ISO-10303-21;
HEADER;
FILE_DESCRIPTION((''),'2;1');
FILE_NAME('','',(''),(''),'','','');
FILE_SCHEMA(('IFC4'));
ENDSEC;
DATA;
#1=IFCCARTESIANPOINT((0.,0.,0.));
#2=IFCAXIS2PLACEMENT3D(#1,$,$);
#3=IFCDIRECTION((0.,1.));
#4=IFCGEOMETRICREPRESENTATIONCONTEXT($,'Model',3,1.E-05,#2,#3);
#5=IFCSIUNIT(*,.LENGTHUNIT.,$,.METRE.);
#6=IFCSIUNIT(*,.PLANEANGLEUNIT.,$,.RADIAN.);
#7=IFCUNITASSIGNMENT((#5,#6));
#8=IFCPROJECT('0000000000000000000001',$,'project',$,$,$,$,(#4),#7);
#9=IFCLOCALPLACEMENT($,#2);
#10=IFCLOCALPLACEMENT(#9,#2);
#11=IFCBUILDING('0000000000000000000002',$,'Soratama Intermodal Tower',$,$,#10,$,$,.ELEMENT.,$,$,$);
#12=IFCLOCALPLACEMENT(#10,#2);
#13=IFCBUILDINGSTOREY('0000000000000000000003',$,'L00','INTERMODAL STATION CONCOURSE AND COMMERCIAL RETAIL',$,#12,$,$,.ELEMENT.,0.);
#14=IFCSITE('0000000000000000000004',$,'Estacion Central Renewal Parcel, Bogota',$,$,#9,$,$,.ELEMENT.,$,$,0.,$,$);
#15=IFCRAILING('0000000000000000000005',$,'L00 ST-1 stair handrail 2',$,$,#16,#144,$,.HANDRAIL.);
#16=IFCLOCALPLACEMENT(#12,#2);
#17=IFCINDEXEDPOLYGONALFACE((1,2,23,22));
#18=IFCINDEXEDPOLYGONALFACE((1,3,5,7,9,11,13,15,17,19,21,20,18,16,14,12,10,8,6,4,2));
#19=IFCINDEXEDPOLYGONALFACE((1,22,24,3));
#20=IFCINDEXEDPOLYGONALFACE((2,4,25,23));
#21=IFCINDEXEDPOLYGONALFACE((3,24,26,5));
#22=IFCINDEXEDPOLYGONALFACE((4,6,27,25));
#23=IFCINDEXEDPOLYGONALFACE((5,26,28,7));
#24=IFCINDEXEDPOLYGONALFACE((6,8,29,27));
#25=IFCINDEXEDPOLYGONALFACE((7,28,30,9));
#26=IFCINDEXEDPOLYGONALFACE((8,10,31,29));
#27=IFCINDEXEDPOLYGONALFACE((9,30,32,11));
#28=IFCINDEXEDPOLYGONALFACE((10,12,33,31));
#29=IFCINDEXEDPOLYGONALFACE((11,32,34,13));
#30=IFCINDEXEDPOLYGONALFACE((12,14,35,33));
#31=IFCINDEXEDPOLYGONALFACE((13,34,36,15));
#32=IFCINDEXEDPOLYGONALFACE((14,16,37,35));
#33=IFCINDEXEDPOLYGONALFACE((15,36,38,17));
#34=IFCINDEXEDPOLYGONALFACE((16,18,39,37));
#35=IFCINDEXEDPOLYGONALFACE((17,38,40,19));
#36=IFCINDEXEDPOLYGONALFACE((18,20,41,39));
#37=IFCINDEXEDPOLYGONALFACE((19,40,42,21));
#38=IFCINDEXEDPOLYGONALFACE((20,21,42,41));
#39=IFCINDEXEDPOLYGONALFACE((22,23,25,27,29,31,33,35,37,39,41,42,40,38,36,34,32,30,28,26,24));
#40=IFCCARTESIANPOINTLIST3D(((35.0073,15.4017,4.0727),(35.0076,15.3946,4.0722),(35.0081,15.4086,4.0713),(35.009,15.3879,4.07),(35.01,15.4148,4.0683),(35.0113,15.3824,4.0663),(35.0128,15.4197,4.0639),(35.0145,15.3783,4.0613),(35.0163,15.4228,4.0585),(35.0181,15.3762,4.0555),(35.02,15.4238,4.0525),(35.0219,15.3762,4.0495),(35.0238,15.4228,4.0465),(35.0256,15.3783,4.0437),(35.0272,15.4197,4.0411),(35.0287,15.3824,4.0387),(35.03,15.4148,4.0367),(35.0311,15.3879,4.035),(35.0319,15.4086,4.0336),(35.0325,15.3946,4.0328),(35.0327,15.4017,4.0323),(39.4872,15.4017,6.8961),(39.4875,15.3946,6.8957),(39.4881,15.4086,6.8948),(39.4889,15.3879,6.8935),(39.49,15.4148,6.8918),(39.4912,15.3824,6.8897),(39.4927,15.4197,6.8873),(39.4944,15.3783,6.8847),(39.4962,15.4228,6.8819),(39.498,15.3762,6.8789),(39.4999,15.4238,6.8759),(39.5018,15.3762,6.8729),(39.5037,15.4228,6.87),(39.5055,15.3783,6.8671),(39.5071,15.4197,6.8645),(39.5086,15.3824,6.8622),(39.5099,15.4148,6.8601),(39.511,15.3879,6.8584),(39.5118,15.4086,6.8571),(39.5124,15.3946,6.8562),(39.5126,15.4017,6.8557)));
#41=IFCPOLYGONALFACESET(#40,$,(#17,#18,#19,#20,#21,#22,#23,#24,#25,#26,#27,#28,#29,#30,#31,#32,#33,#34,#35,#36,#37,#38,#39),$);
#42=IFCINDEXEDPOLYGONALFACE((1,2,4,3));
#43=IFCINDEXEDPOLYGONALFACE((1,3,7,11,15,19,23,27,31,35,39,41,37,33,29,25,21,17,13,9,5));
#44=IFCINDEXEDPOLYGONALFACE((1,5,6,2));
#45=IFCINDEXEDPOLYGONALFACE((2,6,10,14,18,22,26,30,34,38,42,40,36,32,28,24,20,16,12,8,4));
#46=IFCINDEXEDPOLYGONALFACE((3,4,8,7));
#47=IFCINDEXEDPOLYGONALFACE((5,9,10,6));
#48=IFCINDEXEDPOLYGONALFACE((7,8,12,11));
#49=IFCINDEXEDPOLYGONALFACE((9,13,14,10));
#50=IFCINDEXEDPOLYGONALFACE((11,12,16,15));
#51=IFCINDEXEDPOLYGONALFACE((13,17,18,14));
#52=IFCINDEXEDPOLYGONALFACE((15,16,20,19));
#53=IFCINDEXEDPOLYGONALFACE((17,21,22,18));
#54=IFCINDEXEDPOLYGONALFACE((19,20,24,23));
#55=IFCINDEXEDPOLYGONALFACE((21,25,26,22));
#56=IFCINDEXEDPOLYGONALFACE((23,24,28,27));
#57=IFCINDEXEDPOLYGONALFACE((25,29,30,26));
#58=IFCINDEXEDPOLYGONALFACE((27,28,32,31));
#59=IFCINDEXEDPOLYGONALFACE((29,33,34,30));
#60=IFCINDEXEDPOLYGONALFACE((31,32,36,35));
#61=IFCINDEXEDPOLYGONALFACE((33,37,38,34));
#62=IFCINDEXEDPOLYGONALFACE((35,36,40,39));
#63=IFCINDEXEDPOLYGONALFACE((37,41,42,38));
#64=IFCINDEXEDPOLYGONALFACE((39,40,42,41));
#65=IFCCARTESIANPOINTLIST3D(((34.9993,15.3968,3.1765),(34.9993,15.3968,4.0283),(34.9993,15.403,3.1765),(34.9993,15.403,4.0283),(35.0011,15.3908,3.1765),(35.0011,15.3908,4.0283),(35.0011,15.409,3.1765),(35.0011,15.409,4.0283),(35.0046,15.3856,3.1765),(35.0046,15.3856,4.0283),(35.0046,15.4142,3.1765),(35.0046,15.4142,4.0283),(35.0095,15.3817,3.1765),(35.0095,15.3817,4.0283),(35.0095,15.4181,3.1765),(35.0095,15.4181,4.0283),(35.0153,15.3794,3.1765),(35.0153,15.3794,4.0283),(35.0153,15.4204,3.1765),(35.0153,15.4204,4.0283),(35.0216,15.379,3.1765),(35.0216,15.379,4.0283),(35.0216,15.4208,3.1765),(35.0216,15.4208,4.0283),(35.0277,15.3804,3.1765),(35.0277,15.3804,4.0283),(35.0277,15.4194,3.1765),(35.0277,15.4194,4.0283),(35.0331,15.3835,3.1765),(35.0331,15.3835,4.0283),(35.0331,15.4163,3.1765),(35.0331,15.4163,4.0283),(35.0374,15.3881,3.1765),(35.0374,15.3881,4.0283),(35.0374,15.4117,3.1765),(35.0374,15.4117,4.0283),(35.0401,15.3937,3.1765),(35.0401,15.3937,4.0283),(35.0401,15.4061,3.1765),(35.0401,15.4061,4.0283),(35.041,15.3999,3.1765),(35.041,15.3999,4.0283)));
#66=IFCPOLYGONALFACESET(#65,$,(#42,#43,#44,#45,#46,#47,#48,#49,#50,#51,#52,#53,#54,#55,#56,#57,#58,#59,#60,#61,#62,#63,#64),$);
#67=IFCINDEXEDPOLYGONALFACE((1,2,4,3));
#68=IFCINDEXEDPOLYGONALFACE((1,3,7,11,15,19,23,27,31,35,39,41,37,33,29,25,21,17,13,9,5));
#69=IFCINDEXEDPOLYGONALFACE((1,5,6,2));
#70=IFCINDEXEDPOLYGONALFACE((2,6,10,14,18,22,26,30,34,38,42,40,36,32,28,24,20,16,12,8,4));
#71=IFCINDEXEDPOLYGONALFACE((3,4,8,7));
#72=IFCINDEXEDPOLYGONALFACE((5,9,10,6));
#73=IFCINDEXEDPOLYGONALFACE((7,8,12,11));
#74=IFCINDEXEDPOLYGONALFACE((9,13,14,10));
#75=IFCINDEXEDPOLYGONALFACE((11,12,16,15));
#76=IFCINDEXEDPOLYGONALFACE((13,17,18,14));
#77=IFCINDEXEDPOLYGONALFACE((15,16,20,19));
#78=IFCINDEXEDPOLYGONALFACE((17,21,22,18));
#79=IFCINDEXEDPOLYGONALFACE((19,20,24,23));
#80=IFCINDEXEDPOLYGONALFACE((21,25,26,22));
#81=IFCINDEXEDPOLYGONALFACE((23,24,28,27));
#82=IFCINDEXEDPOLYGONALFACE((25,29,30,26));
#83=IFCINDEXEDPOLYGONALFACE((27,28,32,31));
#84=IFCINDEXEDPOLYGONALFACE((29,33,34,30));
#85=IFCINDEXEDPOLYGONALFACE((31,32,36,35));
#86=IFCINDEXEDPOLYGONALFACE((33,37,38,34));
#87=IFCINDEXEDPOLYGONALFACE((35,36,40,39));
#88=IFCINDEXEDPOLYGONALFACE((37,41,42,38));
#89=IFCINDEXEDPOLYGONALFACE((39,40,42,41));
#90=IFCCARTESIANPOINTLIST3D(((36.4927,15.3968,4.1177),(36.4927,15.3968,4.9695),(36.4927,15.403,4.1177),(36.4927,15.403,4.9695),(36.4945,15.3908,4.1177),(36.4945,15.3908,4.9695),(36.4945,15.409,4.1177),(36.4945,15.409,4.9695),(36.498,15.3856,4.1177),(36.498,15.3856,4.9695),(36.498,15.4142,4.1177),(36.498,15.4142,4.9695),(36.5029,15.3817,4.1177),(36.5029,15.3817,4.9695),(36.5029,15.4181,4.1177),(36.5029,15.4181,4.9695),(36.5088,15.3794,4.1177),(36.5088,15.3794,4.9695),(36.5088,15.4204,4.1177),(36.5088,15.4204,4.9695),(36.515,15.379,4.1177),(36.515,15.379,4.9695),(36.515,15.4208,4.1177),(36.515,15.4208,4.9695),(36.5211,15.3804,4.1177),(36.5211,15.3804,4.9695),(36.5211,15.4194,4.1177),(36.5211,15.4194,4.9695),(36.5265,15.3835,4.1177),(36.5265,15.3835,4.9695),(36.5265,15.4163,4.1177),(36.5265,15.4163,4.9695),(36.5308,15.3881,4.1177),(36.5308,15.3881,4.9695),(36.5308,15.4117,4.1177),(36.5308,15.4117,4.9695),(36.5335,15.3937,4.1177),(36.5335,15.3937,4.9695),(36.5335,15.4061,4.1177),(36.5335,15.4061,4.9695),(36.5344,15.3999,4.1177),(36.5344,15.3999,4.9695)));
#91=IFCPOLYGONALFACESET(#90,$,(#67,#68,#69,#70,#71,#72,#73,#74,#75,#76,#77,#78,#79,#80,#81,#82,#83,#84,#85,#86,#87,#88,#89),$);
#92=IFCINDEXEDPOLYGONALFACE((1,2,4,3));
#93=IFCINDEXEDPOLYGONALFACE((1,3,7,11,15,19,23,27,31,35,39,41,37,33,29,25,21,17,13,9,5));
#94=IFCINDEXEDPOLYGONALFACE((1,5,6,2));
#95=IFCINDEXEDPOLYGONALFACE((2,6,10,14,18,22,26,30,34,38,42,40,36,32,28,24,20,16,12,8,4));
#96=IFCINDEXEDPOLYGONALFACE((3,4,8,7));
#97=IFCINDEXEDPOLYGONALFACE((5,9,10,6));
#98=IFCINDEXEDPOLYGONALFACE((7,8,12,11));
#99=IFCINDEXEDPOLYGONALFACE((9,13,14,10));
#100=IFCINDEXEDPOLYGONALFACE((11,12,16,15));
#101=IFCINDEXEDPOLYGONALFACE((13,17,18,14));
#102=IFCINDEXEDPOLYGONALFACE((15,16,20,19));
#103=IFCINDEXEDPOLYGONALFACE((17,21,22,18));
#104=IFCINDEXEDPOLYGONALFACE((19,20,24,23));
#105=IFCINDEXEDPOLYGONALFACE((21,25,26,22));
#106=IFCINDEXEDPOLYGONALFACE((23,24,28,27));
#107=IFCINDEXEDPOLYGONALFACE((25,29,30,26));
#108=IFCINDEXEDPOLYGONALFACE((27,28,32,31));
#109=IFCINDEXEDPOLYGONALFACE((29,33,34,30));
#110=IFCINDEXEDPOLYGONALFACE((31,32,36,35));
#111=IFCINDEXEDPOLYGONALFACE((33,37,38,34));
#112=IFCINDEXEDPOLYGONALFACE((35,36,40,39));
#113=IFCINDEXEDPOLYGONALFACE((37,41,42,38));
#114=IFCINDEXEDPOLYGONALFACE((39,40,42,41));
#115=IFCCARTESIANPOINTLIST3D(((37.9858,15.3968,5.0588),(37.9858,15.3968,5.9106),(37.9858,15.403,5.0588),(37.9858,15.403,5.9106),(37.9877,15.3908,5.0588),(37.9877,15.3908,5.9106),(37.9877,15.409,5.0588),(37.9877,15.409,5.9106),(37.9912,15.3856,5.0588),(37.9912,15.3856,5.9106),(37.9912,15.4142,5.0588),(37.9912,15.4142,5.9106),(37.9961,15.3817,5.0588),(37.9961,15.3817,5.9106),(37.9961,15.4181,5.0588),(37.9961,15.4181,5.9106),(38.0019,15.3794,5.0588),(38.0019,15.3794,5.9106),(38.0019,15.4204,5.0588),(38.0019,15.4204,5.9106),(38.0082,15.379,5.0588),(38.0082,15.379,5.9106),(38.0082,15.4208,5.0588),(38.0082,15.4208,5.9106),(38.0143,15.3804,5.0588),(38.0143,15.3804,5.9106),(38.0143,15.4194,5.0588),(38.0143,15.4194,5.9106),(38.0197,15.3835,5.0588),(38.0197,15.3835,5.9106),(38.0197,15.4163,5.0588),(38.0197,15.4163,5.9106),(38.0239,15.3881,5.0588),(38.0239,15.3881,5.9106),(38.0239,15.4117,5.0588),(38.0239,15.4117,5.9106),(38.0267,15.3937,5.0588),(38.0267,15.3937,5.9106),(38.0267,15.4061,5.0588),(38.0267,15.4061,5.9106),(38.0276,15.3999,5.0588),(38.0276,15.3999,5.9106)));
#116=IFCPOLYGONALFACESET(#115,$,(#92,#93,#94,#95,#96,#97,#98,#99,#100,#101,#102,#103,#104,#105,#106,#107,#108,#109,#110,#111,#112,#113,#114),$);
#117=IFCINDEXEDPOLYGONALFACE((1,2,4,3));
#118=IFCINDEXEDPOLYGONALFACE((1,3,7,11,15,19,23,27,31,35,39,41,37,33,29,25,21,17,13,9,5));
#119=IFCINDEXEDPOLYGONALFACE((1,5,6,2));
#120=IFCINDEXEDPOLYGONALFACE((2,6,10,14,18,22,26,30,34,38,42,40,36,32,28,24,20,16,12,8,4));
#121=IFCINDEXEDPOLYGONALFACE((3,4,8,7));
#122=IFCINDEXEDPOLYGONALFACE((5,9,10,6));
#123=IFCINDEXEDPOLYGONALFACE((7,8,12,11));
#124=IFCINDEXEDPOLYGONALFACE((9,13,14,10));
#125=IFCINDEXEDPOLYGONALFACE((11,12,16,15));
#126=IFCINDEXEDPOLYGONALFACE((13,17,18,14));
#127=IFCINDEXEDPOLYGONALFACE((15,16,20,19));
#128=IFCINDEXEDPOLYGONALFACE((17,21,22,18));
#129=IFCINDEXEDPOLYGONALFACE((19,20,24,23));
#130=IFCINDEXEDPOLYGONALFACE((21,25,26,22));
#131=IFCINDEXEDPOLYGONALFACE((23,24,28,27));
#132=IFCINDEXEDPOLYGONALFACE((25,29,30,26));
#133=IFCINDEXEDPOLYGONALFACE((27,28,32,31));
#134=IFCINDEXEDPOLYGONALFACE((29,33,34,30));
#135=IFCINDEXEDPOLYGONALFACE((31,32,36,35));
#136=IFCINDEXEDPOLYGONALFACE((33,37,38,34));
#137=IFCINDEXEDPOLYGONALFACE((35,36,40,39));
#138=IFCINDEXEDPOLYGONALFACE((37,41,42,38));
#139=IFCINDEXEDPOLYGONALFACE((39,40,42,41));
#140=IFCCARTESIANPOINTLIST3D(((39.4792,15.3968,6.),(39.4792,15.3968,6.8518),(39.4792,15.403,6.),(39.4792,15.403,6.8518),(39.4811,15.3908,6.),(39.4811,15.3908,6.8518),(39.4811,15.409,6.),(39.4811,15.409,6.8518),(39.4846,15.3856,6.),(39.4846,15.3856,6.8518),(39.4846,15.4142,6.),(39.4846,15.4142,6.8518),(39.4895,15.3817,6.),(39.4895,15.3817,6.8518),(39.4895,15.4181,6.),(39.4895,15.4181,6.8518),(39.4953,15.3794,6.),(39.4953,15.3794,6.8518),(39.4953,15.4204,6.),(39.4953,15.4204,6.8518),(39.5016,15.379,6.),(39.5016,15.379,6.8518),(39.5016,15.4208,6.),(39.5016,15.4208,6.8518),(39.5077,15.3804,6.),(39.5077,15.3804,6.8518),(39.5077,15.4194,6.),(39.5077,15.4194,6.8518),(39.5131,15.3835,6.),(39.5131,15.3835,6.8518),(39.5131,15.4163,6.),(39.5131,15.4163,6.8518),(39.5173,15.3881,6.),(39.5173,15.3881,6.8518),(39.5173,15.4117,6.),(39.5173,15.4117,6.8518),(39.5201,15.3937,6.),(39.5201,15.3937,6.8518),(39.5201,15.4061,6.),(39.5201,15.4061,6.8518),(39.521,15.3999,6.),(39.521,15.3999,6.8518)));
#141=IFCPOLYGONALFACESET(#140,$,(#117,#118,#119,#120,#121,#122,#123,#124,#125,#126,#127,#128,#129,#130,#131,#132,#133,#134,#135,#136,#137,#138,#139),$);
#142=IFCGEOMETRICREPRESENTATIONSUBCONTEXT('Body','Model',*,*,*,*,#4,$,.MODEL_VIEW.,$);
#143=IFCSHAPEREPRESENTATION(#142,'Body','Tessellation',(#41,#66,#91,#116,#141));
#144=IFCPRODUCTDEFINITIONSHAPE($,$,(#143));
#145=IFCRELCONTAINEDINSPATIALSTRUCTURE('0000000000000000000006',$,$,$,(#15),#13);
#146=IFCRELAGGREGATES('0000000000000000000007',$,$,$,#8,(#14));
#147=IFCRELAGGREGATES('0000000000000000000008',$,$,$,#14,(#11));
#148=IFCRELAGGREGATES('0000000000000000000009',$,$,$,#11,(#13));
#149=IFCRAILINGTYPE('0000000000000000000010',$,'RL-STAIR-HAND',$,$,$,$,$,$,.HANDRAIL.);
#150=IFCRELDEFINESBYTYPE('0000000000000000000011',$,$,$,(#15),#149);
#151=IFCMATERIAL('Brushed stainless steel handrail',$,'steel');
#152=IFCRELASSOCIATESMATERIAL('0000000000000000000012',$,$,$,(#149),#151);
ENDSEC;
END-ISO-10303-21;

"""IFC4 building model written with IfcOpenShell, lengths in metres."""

from ifc_helpers import new_model, si_unit, direction, frame, origin, origin_2d, place, context, subcontext, project, spatial, circle, extrude, material, type_object, element, save


model = new_model("IFC4")

# Units and contexts
model_context = context("Model", 3, precision=1e-05, world=origin(), true_north=direction((0.0, 1.0)))
body_context = subcontext(model_context, "Body", "Model", "MODEL_VIEW")
ifc_project = project(units=[si_unit("LENGTHUNIT", "METRE"), si_unit("PLANEANGLEUNIT", "RADIAN")], contexts=[model_context])

# Site, building, storey
site_placement = place(None, origin())
site = spatial("IfcSite", under=ifc_project, at=site_placement, Name="Estacion Central Renewal Parcel, Bogota", CompositionType="ELEMENT", RefElevation=0.0)
building_placement = place(site_placement, origin())
building = spatial("IfcBuilding", under=site, at=building_placement, Name="Soratama Intermodal Tower", CompositionType="ELEMENT")
storey_placement = place(building_placement, origin())
storey = spatial("IfcBuildingStorey", under=building, at=storey_placement, Name="L00", Description="INTERMODAL STATION CONCOURSE AND COMMERCIAL RETAIL", CompositionType="ELEMENT", Elevation=0.0)

# Railing
ifc_material_1 = material(Name="Brushed stainless steel handrail", Category="steel")
railing_type_1 = type_object("IfcRailingType", Name="RL-STAIR-HAND", PredefinedType="HANDRAIL", material=ifc_material_1)
railing_1_placement = place(storey_placement, frame((35.02, 15.3999, 3.1765)))
element("IfcRailing", 1, at=railing_1_placement, inside=storey, type_object=railing_type_1, Name="L00 ST-1 stair handrail 2", PredefinedType="HANDRAIL", context=body_context, shape_type="SweptSolid", body=[
    extrude(circle(Radius=0.0239, at=origin_2d()), frame((0.0, 0.0, 0.876), z_axis=(0.845998, 0.0, 0.533186), x_axis=(0.0, 1.0, 0.0)), (0.0, 0.0, 1.0), 5.2954),
    extrude(circle(Radius=0.021, at=origin_2d()), origin(), (0.0, 0.0, 1.0), 0.8518),
    extrude(circle(Radius=0.021, at=origin_2d()), frame((1.4934, 0.0, 0.9412)), (0.0, 0.0, 1.0), 0.8518),
    extrude(circle(Radius=0.021, at=origin_2d()), frame((2.9866, 0.0, 1.8823)), (0.0, 0.0, 1.0), 0.8518),
    extrude(circle(Radius=0.021, at=origin_2d()), frame((4.48, 0.0, 2.8235)), (0.0, 0.0, 1.0), 0.8518),
])

save(model, "model.ifc")
